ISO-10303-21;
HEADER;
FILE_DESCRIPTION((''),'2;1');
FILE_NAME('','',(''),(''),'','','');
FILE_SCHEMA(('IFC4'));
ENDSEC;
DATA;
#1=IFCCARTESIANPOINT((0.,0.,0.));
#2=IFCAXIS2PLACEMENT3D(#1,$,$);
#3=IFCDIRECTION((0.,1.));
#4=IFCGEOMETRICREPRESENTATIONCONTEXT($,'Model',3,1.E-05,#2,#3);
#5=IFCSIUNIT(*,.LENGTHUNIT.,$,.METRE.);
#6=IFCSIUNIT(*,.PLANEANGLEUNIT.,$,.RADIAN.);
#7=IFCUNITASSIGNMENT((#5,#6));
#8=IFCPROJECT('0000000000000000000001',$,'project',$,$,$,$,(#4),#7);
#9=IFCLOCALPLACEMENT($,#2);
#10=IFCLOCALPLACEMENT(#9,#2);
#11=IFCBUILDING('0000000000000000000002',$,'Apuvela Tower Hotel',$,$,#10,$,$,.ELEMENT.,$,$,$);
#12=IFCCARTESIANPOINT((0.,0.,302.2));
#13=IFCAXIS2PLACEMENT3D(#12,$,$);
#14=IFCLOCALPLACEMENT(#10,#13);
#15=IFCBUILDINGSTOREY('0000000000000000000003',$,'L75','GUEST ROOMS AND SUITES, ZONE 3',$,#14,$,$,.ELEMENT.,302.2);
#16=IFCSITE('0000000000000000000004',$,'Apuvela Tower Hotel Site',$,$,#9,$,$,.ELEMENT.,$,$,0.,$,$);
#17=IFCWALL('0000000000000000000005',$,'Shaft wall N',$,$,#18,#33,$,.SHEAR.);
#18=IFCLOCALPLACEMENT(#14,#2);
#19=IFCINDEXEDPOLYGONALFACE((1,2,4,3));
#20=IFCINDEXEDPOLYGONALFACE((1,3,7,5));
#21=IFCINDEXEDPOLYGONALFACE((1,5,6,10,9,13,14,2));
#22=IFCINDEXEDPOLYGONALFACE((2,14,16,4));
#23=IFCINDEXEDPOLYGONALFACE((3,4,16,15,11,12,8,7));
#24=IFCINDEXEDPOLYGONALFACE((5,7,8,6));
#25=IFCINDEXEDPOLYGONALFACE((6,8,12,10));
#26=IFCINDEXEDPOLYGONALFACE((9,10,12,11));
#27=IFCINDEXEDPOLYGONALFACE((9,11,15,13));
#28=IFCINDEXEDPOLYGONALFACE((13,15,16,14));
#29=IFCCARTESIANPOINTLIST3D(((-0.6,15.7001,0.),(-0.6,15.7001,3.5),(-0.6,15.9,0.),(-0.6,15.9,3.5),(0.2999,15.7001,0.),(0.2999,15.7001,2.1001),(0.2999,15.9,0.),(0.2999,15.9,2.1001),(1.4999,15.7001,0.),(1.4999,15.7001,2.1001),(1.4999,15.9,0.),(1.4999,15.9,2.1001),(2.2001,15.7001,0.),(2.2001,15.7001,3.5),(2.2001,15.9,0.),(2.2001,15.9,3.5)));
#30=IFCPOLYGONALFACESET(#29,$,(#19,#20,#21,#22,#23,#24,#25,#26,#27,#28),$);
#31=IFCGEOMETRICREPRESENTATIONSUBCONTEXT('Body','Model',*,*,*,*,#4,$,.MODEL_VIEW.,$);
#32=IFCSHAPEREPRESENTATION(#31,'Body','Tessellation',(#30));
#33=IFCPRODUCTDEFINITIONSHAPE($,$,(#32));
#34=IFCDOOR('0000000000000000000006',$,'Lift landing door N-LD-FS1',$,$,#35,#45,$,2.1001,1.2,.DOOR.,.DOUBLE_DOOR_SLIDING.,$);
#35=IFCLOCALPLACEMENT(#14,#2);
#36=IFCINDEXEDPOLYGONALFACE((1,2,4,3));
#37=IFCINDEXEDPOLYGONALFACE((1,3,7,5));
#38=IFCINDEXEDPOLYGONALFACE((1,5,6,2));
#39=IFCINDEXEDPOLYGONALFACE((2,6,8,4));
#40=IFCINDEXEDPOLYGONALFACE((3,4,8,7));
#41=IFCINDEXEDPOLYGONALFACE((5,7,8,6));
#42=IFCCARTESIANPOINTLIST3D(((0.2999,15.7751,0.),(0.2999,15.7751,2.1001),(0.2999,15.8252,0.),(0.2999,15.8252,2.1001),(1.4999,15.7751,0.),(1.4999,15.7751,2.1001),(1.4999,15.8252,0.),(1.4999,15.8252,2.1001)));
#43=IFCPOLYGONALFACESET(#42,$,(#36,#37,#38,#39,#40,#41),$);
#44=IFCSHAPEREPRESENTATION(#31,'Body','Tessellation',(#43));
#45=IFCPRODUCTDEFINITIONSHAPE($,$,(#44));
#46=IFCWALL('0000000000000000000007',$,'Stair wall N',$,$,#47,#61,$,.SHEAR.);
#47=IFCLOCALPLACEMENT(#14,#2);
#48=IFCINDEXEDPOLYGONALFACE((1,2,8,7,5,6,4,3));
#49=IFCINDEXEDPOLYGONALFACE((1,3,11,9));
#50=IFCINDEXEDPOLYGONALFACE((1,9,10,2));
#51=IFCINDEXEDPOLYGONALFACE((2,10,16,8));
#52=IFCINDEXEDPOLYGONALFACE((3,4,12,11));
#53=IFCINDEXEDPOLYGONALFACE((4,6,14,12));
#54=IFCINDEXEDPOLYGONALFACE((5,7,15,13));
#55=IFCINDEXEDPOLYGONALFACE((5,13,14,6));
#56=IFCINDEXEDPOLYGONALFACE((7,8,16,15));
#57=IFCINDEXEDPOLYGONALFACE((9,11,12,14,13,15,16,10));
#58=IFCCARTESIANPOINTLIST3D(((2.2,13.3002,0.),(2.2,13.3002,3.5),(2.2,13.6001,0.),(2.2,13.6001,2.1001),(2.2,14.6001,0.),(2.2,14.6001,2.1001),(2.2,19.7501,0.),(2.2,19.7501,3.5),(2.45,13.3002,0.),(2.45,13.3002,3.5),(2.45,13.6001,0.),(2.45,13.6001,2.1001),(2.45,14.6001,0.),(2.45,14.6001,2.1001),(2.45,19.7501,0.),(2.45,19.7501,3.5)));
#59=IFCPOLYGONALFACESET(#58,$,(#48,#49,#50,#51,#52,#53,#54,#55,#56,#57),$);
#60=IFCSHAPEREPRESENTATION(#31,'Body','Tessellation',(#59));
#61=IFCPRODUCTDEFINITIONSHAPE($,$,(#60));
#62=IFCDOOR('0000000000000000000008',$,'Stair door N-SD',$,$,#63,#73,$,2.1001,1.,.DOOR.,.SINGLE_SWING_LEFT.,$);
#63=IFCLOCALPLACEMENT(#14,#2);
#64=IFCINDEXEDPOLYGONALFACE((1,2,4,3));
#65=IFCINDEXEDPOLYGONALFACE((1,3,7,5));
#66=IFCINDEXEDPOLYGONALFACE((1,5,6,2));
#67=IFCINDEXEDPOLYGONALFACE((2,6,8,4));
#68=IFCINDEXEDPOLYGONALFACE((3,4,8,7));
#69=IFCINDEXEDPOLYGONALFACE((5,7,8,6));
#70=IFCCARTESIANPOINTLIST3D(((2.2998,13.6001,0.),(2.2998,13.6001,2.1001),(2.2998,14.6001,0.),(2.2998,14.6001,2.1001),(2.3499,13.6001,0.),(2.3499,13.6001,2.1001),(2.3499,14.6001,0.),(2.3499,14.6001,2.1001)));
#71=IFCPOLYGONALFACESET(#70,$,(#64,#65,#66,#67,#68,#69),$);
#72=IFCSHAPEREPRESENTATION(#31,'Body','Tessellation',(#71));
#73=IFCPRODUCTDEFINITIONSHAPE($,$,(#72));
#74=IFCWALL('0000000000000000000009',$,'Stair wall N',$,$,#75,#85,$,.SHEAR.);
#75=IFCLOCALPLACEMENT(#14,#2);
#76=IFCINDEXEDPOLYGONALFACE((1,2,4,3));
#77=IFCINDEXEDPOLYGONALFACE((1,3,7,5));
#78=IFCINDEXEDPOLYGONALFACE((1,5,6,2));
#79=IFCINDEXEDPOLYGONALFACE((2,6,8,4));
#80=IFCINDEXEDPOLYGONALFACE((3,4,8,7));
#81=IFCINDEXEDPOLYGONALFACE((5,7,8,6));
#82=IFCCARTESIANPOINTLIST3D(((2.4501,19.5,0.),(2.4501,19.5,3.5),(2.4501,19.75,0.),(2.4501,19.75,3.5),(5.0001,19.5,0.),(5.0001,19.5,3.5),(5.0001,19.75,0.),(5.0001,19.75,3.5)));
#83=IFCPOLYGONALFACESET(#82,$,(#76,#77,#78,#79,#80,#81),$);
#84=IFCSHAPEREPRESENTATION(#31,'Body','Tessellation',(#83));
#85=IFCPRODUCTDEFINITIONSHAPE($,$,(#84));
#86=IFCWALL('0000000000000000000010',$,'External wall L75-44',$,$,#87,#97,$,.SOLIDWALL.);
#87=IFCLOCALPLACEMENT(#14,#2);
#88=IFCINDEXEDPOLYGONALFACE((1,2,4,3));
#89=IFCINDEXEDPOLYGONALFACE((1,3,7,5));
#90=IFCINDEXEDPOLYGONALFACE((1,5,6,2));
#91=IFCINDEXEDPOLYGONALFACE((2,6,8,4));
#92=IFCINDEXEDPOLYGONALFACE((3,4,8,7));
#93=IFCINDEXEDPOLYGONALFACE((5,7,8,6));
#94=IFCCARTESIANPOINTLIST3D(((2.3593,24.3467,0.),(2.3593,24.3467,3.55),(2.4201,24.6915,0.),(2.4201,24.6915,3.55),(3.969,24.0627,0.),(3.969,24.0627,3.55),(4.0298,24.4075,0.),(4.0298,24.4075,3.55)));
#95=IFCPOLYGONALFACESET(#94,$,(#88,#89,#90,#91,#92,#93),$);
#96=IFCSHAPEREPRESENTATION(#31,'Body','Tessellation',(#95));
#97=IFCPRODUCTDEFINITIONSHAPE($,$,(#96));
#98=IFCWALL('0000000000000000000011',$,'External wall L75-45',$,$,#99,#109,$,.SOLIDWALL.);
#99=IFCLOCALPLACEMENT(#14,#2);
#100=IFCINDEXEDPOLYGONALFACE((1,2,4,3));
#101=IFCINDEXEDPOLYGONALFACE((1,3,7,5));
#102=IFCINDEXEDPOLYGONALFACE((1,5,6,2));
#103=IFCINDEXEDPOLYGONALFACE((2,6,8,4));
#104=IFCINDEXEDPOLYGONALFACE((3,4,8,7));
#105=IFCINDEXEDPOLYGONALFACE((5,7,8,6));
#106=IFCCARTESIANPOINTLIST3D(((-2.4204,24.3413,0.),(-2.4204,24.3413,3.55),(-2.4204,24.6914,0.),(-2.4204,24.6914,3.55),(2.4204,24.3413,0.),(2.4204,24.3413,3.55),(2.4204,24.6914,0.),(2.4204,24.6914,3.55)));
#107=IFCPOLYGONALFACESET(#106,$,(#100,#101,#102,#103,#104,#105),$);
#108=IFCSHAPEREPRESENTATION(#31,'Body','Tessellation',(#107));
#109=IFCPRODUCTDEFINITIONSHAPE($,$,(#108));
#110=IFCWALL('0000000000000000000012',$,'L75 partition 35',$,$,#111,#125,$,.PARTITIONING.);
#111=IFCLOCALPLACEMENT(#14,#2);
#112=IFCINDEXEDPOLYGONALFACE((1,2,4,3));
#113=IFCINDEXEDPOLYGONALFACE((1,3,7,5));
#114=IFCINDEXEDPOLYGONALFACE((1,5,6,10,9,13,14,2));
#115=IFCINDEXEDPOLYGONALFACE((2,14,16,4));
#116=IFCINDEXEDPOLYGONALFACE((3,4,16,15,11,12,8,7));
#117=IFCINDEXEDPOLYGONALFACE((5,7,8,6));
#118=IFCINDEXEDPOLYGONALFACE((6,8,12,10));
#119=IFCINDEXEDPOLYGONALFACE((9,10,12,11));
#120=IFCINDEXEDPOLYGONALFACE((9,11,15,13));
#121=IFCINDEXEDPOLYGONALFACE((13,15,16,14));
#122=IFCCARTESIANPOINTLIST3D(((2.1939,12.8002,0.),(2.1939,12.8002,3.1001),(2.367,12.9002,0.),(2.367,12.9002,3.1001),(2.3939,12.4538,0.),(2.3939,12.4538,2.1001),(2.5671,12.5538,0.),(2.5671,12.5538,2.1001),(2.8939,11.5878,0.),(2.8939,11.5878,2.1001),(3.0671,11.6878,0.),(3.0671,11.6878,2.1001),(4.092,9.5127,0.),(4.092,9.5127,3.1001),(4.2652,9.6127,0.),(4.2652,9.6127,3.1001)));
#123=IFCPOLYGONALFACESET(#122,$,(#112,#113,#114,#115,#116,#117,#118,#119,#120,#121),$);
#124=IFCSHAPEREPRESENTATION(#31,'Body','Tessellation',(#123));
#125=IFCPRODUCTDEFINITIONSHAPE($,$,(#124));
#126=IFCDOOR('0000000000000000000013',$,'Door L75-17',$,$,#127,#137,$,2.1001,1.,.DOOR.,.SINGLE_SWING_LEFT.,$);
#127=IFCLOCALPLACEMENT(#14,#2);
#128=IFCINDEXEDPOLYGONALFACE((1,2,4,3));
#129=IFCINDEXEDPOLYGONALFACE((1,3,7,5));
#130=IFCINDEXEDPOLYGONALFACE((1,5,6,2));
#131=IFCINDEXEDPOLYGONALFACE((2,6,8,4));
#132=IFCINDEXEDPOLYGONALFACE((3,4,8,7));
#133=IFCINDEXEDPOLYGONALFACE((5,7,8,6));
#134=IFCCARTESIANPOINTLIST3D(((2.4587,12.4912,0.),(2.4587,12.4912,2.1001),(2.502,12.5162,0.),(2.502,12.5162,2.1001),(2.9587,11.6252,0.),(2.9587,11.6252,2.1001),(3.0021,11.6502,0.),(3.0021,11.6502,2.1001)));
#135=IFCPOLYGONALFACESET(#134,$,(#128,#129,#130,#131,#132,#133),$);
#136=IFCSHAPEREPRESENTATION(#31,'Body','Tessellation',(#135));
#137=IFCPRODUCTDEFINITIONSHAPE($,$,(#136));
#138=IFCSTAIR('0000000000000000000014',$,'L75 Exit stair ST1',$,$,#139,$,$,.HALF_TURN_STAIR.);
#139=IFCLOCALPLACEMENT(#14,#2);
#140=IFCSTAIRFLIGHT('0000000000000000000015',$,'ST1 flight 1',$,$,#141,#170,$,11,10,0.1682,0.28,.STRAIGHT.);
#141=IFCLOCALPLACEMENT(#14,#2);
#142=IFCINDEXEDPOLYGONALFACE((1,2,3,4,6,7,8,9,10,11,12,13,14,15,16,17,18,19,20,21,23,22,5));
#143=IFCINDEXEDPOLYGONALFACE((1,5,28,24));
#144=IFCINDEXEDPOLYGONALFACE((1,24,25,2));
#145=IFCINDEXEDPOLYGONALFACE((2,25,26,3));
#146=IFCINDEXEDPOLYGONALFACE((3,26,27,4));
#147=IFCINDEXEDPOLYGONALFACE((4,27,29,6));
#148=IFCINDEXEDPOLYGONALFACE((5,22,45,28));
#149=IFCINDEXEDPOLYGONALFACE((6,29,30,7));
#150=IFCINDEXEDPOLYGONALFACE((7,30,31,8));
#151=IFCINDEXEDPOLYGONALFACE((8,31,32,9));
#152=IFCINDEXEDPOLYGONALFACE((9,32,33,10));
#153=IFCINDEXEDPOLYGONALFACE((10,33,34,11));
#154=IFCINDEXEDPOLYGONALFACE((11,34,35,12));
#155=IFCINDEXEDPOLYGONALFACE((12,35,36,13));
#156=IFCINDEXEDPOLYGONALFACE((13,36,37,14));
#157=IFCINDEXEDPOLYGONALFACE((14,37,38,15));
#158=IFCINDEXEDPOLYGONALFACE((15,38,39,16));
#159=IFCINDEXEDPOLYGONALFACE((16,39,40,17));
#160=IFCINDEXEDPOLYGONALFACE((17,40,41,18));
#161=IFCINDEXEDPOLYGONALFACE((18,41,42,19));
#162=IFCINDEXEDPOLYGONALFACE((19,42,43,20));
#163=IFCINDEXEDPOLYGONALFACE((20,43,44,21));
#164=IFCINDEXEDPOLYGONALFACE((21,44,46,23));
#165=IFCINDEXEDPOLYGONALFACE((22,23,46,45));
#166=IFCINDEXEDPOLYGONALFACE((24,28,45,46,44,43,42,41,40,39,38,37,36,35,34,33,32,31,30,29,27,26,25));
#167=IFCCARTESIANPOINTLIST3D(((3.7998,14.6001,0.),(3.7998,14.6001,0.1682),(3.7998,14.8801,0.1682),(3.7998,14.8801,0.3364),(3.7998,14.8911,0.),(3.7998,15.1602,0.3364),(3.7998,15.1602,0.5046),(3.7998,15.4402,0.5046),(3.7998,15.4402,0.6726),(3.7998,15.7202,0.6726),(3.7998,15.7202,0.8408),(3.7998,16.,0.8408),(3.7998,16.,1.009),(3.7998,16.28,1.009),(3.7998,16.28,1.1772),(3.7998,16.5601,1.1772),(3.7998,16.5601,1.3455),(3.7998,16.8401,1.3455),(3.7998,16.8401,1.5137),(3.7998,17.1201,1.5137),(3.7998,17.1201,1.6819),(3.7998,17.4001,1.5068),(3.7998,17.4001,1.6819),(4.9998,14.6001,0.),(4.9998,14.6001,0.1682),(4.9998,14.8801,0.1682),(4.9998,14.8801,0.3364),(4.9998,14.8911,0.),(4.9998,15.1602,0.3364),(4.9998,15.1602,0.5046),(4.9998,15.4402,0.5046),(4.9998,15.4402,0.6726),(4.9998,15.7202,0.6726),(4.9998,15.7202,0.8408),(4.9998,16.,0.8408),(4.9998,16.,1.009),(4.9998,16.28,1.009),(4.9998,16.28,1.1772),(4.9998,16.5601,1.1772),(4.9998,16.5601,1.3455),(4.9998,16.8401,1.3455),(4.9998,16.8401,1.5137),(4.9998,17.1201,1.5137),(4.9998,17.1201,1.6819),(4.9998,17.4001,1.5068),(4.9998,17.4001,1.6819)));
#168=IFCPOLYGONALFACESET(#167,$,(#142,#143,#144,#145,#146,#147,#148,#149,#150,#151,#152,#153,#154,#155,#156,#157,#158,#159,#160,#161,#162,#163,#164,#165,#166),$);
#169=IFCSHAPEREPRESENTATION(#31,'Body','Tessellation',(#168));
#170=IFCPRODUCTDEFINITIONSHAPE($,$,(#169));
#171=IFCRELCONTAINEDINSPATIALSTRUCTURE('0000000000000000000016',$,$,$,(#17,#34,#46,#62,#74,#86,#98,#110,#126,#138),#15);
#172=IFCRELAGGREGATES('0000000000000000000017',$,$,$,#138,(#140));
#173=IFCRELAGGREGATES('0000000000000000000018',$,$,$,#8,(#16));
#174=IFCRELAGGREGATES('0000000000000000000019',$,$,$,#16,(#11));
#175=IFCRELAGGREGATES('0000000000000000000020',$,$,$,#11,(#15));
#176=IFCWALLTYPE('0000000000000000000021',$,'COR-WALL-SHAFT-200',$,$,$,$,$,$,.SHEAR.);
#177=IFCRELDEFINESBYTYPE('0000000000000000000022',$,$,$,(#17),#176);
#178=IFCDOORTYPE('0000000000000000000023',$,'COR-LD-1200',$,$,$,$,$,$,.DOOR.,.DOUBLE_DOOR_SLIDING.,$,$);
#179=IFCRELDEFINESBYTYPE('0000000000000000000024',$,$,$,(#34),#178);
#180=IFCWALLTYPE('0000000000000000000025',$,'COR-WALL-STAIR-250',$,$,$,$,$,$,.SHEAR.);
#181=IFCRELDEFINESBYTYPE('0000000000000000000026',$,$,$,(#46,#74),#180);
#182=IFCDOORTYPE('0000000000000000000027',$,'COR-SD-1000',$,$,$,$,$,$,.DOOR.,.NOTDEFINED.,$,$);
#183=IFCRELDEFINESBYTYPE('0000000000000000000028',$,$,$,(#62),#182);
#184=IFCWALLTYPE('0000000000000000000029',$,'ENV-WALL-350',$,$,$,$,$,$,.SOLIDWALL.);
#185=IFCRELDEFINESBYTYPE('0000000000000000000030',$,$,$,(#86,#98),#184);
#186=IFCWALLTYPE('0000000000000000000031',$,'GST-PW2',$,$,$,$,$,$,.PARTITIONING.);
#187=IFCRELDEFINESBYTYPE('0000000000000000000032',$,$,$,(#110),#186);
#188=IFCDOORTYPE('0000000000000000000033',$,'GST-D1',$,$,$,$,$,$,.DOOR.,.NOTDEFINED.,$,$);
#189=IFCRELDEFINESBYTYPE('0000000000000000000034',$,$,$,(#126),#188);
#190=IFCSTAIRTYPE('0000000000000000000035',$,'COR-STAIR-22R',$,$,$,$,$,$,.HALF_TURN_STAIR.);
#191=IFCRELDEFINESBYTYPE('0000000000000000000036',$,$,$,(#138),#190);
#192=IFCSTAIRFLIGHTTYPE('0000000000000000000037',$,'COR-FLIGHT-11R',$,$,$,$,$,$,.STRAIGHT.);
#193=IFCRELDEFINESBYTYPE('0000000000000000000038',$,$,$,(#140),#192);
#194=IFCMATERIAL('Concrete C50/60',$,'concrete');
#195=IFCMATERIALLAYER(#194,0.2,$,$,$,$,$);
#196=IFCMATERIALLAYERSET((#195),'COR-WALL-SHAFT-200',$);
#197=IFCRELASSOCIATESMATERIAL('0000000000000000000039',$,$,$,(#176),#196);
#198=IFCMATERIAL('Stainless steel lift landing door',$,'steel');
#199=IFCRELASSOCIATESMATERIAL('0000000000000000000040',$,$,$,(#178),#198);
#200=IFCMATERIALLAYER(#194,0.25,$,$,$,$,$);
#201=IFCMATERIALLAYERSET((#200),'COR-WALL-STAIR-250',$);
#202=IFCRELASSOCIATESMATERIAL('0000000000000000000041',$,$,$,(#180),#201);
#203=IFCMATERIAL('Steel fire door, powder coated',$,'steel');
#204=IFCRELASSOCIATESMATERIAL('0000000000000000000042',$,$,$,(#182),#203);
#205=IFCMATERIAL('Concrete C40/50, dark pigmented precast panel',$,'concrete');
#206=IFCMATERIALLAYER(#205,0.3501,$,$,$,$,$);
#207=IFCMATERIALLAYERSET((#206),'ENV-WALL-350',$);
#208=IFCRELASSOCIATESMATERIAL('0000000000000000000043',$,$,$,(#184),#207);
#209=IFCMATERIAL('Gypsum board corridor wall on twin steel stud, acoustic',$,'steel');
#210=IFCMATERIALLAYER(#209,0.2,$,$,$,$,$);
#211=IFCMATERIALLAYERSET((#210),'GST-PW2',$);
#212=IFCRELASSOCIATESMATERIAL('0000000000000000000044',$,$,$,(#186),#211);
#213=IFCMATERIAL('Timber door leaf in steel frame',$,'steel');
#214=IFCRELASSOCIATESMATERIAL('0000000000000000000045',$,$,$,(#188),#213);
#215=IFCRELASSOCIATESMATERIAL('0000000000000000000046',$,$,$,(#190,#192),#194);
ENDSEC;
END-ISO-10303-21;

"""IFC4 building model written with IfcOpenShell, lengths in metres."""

from ifc_helpers import new_model, si_unit, direction, frame, frame_2d, origin, place, context, subcontext, project, spatial, polyline, rectangle, outline, extrude, material, layer, layer_set, type_object, element, fill, aggregate, save


model = new_model("IFC4")

# Units and contexts
model_context = context("Model", 3, precision=1e-05, world=origin(), true_north=direction((0.0, 1.0)))
body_context = subcontext(model_context, "Body", "Model", "MODEL_VIEW")
ifc_project = project(units=[si_unit("LENGTHUNIT", "METRE"), si_unit("PLANEANGLEUNIT", "RADIAN")], contexts=[model_context])

# Site, building, storey
site_placement = place(None, origin())
site = spatial("IfcSite", under=ifc_project, at=site_placement, Name="Apuvela Tower Hotel Site", CompositionType="ELEMENT", RefElevation=0.0)
building_placement = place(site_placement, origin())
building = spatial("IfcBuilding", under=site, at=building_placement, Name="Apuvela Tower Hotel", CompositionType="ELEMENT")
storey_placement = place(building_placement, frame((0.0, 0.0, 302.2)))
storey = spatial("IfcBuildingStorey", under=building, at=storey_placement, Name="L75", Description="GUEST ROOMS AND SUITES, ZONE 3", CompositionType="ELEMENT", Elevation=302.2)

# Shared definitions
ifc_material_1 = material(Name="Concrete C50/60", Category="concrete")
ifc_material_2 = material(Name="Steel fire door, powder coated", Category="steel")

# Shared definitions
ifc_layer_1 = layer(ifc_material_1, 0.2)
ifc_layer_set_1 = layer_set([ifc_layer_1], Name="COR-WALL-SHAFT-200")
wall_type_1 = type_object("IfcWallType", Name="COR-WALL-SHAFT-200", PredefinedType="SHEAR", material=ifc_layer_set_1)

# Walls, openings, doors
wall_1_placement = place(storey_placement, frame((2.2, 15.8, 0.0), z_axis=(0.0, 0.0, 1.0), x_axis=(-1.0, 0.0, 0.0)))
wall_1 = element("IfcWall", 1, at=wall_1_placement, inside=storey, type_object=wall_type_1, Name="Shaft wall N", PredefinedType="SHEAR", context=body_context, shape_type="SweptSolid", body=[
    extrude(rectangle(XDim=2.8, YDim=0.2, at=frame_2d((1.3999, 0.0))), origin(), (0.0, 0.0, 1.0), 3.5),
])
opening_1_placement = place(wall_1_placement, frame((0.7, 0.0, 0.0)))
opening_1 = element("IfcOpeningElement", 2, at=opening_1_placement, cuts=wall_1, PredefinedType="OPENING", context=body_context, shape_type="SweptSolid", body=[
    extrude(rectangle(XDim=1.2, YDim=2.1001, at=frame_2d((0.6001, 1.05))), frame((0.0, 0.1099, 0.0), z_axis=(0.0, -1.0, 0.0), x_axis=(1.0, 0.0, 0.0)), (0.0, 0.0, 1.0), 0.22),
])
ifc_material_3 = material(Name="Stainless steel lift landing door", Category="steel")
door_type_1 = type_object("IfcDoorType", Name="COR-LD-1200", OperationType="DOUBLE_DOOR_SLIDING", PredefinedType="DOOR", material=ifc_material_3)
door_1_placement = place(opening_1_placement, origin())
door_1 = element("IfcDoor", 3, at=door_1_placement, inside=storey, type_object=door_type_1, Name="Lift landing door N-LD-FS1", OperationType="DOUBLE_DOOR_SLIDING", OverallHeight=2.1001, OverallWidth=1.2, PredefinedType="DOOR", context=body_context, shape_type="SweptSolid", body=[
    extrude(rectangle(XDim=1.2, YDim=2.1001, at=frame_2d((0.6001, 1.05))), frame((0.0, 0.0249, 0.0), z_axis=(0.0, -1.0, 0.0), x_axis=(1.0, 0.0, 0.0)), (0.0, 0.0, 1.0), 0.05),
])
fill(opening_1, door_1)
ifc_layer_2 = layer(ifc_material_1, 0.25)
ifc_layer_set_2 = layer_set([ifc_layer_2], Name="COR-WALL-STAIR-250")
wall_type_2 = type_object("IfcWallType", Name="COR-WALL-STAIR-250", PredefinedType="SHEAR", material=ifc_layer_set_2)
wall_2_placement = place(storey_placement, frame((2.325, 13.3, 0.0), z_axis=(0.0, 0.0, 1.0), x_axis=(0.0, 1.0, 0.0)))
wall_2 = element("IfcWall", 4, at=wall_2_placement, inside=storey, type_object=wall_type_2, Name="Stair wall N", PredefinedType="SHEAR", context=body_context, shape_type="SweptSolid", body=[
    extrude(rectangle(XDim=6.45, YDim=0.25, at=frame_2d((3.2251, 0.0))), origin(), (0.0, 0.0, 1.0), 3.5),
])
opening_2_placement = place(wall_2_placement, frame((0.3, 0.0, 0.0)))
opening_2 = element("IfcOpeningElement", 5, at=opening_2_placement, cuts=wall_2, PredefinedType="OPENING", context=body_context, shape_type="SweptSolid", body=[
    extrude(rectangle(XDim=1.0, YDim=2.1001, at=frame_2d((0.5, 1.05))), frame((0.0, 0.135, 0.0), z_axis=(0.0, -1.0, 0.0), x_axis=(1.0, 0.0, 0.0)), (0.0, 0.0, 1.0), 0.27),
])
door_type_2 = type_object("IfcDoorType", Name="COR-SD-1000", OperationType="NOTDEFINED", PredefinedType="DOOR", material=ifc_material_2)
door_2_placement = place(opening_2_placement, frame((1.0, 0.0, 0.0), z_axis=(0.0, 0.0, 1.0), x_axis=(-1.0, 0.0, 0.0)))
door_2 = element("IfcDoor", 6, at=door_2_placement, inside=storey, type_object=door_type_2, Name="Stair door N-SD", OperationType="SINGLE_SWING_LEFT", OverallHeight=2.1001, OverallWidth=1.0, PredefinedType="DOOR", context=body_context, shape_type="SweptSolid", body=[
    extrude(rectangle(XDim=1.0, YDim=2.1001, at=frame_2d((0.5, 1.05))), frame((0.0, 0.0249, 0.0), z_axis=(0.0, -1.0, 0.0), x_axis=(1.0, 0.0, 0.0)), (0.0, 0.0, 1.0), 0.05),
])
fill(opening_2, door_2)

# Walls
wall_3_placement = place(storey_placement, frame((5.0, 19.625, 0.0), z_axis=(0.0, 0.0, 1.0), x_axis=(-1.0, 0.0, 0.0)))
element("IfcWall", 7, at=wall_3_placement, inside=storey, type_object=wall_type_2, Name="Stair wall N", PredefinedType="SHEAR", context=body_context, shape_type="SweptSolid", body=[
    extrude(rectangle(XDim=2.55, YDim=0.25, at=frame_2d((1.2749, 0.0))), origin(), (0.0, 0.0, 1.0), 3.5),
])
ifc_material_4 = material(Name="Concrete C40/50, dark pigmented precast panel", Category="concrete")
ifc_layer_3 = layer(ifc_material_4, 0.3501)
ifc_layer_set_3 = layer_set([ifc_layer_3], Name="ENV-WALL-350")
wall_type_3 = type_object("IfcWallType", Name="ENV-WALL-350", PredefinedType="SOLIDWALL", material=ifc_layer_set_3)
wall_4_placement = place(storey_placement, frame((3.9995, 24.2351, 0.0), z_axis=(0.0, 0.0, 1.0), x_axis=(-0.984796, 0.173717, 0.0)))
element("IfcWall", 8, at=wall_4_placement, inside=storey, type_object=wall_type_3, Name="External wall L75-44", PredefinedType="SOLIDWALL", context=body_context, shape_type="SweptSolid", body=[
    extrude(rectangle(XDim=1.6345, YDim=0.3501, at=frame_2d((0.8174, 0.0))), origin(), (0.0, 0.0, 1.0), 3.55),
])
wall_5_placement = place(storey_placement, frame((2.4204, 24.5164, 0.0), z_axis=(0.0, 0.0, 1.0), x_axis=(-1.0, 0.0, 0.0)))
element("IfcWall", 9, at=wall_5_placement, inside=storey, type_object=wall_type_3, Name="External wall L75-45", PredefinedType="SOLIDWALL", context=body_context, shape_type="SweptSolid", body=[
    extrude(rectangle(XDim=4.8408, YDim=0.3501, at=frame_2d((2.4204, 0.0))), origin(), (0.0, 0.0, 1.0), 3.55),
])

# Wall, opening, door
ifc_material_5 = material(Name="Gypsum board corridor wall on twin steel stud, acoustic", Category="steel")
ifc_layer_4 = layer(ifc_material_5, 0.2)
ifc_layer_set_4 = layer_set([ifc_layer_4], Name="GST-PW2")
wall_type_4 = type_object("IfcWallType", Name="GST-PW2", PredefinedType="PARTITIONING", material=ifc_layer_set_4)
wall_6_placement = place(storey_placement, frame((2.2805, 12.8501, 0.0), z_axis=(0.0, 0.0, 1.0), x_axis=(0.500019, -0.866014, 0.0)))
wall_6 = element("IfcWall", 10, at=wall_6_placement, inside=storey, type_object=wall_type_4, Name="L75 partition 35", PredefinedType="PARTITIONING", context=body_context, shape_type="SweptSolid", body=[
    extrude(rectangle(XDim=3.7961, YDim=0.2, at=frame_2d((1.8979, 0.0))), origin(), (0.0, 0.0, 1.0), 3.1001),
])
opening_3_placement = place(wall_6_placement, frame((0.3999, 0.0, 0.0)))
opening_3 = element("IfcOpeningElement", 11, at=opening_3_placement, cuts=wall_6, PredefinedType="OPENING", context=body_context, shape_type="SweptSolid", body=[
    extrude(rectangle(XDim=1.0, YDim=2.1001, at=frame_2d((0.5, 1.05))), frame((0.0, 0.1099, 0.0), z_axis=(0.0, -1.0, 0.0), x_axis=(1.0, 0.0, 0.0)), (0.0, 0.0, 1.0), 0.22),
])
ifc_material_6 = material(Name="Timber door leaf in steel frame", Category="steel")
door_type_3 = type_object("IfcDoorType", Name="GST-D1", OperationType="NOTDEFINED", PredefinedType="DOOR", material=ifc_material_6)
door_3_placement = place(opening_3_placement, origin())
door_3 = element("IfcDoor", 12, at=door_3_placement, inside=storey, type_object=door_type_3, Name="Door L75-17", OperationType="SINGLE_SWING_LEFT", OverallHeight=2.1001, OverallWidth=1.0, PredefinedType="DOOR", context=body_context, shape_type="SweptSolid", body=[
    extrude(rectangle(XDim=1.0, YDim=2.1001, at=frame_2d((0.5, 1.05))), frame((0.0, 0.0249, 0.0), z_axis=(0.0, -1.0, 0.0), x_axis=(1.0, 0.0, 0.0)), (0.0, 0.0, 1.0), 0.05),
])
fill(opening_3, door_3)

# Stair, stair flight
stair_type = type_object("IfcStairType", Name="COR-STAIR-22R", PredefinedType="HALF_TURN_STAIR", material=ifc_material_1)
stair_placement = place(storey_placement, origin())
stair = element("IfcStair", 13, at=stair_placement, inside=storey, type_object=stair_type, Name="L75 Exit stair ST1", PredefinedType="HALF_TURN_STAIR")
stair_flight_type = type_object("IfcStairFlightType", Name="COR-FLIGHT-11R", PredefinedType="STRAIGHT", material=ifc_material_1)
stair_flight_1_placement = place(storey_placement, frame((4.3999, 14.6001, 0.0), z_axis=(0.0, 0.0, 1.0), x_axis=(0.0, 1.0, 0.0)))
stair_flight_1 = element("IfcStairFlight", 14, at=stair_flight_1_placement, type_object=stair_flight_type, Name="ST1 flight 1", NumberOfRisers=11, NumberOfTreads=10, PredefinedType="STRAIGHT", RiserHeight=0.1682, TreadLength=0.28, context=body_context, shape_type="SweptSolid", body=[
    extrude(outline(polyline([(0.0, 0.0), (0.0, 0.1682), (0.28, 0.1682), (0.28, 0.3364), (0.5601, 0.3364), (0.5601, 0.5046), (0.8401, 0.5046), (0.8401, 0.6726), (1.1201, 0.6726), (1.1201, 0.8408), (1.3999, 0.8408), (1.3999, 1.009), (1.6799, 1.009), (1.6799, 1.1772), (1.96, 1.1772), (1.96, 1.3455), (2.24, 1.3455), (2.24, 1.5137), (2.52, 1.5137), (2.52, 1.6819), (2.8, 1.6819), (2.8, 1.8501), (2.8, 1.5068), (0.291, 0.0), (0.0, 0.0)])), frame((0.0, 0.6001, 0.0), z_axis=(0.0, -1.0, 0.0), x_axis=(1.0, 0.0, 0.0)), (0.0, 0.0, 1.0), 1.2),
])
aggregate(stair, [stair_flight_1])

save(model, "model.ifc")
